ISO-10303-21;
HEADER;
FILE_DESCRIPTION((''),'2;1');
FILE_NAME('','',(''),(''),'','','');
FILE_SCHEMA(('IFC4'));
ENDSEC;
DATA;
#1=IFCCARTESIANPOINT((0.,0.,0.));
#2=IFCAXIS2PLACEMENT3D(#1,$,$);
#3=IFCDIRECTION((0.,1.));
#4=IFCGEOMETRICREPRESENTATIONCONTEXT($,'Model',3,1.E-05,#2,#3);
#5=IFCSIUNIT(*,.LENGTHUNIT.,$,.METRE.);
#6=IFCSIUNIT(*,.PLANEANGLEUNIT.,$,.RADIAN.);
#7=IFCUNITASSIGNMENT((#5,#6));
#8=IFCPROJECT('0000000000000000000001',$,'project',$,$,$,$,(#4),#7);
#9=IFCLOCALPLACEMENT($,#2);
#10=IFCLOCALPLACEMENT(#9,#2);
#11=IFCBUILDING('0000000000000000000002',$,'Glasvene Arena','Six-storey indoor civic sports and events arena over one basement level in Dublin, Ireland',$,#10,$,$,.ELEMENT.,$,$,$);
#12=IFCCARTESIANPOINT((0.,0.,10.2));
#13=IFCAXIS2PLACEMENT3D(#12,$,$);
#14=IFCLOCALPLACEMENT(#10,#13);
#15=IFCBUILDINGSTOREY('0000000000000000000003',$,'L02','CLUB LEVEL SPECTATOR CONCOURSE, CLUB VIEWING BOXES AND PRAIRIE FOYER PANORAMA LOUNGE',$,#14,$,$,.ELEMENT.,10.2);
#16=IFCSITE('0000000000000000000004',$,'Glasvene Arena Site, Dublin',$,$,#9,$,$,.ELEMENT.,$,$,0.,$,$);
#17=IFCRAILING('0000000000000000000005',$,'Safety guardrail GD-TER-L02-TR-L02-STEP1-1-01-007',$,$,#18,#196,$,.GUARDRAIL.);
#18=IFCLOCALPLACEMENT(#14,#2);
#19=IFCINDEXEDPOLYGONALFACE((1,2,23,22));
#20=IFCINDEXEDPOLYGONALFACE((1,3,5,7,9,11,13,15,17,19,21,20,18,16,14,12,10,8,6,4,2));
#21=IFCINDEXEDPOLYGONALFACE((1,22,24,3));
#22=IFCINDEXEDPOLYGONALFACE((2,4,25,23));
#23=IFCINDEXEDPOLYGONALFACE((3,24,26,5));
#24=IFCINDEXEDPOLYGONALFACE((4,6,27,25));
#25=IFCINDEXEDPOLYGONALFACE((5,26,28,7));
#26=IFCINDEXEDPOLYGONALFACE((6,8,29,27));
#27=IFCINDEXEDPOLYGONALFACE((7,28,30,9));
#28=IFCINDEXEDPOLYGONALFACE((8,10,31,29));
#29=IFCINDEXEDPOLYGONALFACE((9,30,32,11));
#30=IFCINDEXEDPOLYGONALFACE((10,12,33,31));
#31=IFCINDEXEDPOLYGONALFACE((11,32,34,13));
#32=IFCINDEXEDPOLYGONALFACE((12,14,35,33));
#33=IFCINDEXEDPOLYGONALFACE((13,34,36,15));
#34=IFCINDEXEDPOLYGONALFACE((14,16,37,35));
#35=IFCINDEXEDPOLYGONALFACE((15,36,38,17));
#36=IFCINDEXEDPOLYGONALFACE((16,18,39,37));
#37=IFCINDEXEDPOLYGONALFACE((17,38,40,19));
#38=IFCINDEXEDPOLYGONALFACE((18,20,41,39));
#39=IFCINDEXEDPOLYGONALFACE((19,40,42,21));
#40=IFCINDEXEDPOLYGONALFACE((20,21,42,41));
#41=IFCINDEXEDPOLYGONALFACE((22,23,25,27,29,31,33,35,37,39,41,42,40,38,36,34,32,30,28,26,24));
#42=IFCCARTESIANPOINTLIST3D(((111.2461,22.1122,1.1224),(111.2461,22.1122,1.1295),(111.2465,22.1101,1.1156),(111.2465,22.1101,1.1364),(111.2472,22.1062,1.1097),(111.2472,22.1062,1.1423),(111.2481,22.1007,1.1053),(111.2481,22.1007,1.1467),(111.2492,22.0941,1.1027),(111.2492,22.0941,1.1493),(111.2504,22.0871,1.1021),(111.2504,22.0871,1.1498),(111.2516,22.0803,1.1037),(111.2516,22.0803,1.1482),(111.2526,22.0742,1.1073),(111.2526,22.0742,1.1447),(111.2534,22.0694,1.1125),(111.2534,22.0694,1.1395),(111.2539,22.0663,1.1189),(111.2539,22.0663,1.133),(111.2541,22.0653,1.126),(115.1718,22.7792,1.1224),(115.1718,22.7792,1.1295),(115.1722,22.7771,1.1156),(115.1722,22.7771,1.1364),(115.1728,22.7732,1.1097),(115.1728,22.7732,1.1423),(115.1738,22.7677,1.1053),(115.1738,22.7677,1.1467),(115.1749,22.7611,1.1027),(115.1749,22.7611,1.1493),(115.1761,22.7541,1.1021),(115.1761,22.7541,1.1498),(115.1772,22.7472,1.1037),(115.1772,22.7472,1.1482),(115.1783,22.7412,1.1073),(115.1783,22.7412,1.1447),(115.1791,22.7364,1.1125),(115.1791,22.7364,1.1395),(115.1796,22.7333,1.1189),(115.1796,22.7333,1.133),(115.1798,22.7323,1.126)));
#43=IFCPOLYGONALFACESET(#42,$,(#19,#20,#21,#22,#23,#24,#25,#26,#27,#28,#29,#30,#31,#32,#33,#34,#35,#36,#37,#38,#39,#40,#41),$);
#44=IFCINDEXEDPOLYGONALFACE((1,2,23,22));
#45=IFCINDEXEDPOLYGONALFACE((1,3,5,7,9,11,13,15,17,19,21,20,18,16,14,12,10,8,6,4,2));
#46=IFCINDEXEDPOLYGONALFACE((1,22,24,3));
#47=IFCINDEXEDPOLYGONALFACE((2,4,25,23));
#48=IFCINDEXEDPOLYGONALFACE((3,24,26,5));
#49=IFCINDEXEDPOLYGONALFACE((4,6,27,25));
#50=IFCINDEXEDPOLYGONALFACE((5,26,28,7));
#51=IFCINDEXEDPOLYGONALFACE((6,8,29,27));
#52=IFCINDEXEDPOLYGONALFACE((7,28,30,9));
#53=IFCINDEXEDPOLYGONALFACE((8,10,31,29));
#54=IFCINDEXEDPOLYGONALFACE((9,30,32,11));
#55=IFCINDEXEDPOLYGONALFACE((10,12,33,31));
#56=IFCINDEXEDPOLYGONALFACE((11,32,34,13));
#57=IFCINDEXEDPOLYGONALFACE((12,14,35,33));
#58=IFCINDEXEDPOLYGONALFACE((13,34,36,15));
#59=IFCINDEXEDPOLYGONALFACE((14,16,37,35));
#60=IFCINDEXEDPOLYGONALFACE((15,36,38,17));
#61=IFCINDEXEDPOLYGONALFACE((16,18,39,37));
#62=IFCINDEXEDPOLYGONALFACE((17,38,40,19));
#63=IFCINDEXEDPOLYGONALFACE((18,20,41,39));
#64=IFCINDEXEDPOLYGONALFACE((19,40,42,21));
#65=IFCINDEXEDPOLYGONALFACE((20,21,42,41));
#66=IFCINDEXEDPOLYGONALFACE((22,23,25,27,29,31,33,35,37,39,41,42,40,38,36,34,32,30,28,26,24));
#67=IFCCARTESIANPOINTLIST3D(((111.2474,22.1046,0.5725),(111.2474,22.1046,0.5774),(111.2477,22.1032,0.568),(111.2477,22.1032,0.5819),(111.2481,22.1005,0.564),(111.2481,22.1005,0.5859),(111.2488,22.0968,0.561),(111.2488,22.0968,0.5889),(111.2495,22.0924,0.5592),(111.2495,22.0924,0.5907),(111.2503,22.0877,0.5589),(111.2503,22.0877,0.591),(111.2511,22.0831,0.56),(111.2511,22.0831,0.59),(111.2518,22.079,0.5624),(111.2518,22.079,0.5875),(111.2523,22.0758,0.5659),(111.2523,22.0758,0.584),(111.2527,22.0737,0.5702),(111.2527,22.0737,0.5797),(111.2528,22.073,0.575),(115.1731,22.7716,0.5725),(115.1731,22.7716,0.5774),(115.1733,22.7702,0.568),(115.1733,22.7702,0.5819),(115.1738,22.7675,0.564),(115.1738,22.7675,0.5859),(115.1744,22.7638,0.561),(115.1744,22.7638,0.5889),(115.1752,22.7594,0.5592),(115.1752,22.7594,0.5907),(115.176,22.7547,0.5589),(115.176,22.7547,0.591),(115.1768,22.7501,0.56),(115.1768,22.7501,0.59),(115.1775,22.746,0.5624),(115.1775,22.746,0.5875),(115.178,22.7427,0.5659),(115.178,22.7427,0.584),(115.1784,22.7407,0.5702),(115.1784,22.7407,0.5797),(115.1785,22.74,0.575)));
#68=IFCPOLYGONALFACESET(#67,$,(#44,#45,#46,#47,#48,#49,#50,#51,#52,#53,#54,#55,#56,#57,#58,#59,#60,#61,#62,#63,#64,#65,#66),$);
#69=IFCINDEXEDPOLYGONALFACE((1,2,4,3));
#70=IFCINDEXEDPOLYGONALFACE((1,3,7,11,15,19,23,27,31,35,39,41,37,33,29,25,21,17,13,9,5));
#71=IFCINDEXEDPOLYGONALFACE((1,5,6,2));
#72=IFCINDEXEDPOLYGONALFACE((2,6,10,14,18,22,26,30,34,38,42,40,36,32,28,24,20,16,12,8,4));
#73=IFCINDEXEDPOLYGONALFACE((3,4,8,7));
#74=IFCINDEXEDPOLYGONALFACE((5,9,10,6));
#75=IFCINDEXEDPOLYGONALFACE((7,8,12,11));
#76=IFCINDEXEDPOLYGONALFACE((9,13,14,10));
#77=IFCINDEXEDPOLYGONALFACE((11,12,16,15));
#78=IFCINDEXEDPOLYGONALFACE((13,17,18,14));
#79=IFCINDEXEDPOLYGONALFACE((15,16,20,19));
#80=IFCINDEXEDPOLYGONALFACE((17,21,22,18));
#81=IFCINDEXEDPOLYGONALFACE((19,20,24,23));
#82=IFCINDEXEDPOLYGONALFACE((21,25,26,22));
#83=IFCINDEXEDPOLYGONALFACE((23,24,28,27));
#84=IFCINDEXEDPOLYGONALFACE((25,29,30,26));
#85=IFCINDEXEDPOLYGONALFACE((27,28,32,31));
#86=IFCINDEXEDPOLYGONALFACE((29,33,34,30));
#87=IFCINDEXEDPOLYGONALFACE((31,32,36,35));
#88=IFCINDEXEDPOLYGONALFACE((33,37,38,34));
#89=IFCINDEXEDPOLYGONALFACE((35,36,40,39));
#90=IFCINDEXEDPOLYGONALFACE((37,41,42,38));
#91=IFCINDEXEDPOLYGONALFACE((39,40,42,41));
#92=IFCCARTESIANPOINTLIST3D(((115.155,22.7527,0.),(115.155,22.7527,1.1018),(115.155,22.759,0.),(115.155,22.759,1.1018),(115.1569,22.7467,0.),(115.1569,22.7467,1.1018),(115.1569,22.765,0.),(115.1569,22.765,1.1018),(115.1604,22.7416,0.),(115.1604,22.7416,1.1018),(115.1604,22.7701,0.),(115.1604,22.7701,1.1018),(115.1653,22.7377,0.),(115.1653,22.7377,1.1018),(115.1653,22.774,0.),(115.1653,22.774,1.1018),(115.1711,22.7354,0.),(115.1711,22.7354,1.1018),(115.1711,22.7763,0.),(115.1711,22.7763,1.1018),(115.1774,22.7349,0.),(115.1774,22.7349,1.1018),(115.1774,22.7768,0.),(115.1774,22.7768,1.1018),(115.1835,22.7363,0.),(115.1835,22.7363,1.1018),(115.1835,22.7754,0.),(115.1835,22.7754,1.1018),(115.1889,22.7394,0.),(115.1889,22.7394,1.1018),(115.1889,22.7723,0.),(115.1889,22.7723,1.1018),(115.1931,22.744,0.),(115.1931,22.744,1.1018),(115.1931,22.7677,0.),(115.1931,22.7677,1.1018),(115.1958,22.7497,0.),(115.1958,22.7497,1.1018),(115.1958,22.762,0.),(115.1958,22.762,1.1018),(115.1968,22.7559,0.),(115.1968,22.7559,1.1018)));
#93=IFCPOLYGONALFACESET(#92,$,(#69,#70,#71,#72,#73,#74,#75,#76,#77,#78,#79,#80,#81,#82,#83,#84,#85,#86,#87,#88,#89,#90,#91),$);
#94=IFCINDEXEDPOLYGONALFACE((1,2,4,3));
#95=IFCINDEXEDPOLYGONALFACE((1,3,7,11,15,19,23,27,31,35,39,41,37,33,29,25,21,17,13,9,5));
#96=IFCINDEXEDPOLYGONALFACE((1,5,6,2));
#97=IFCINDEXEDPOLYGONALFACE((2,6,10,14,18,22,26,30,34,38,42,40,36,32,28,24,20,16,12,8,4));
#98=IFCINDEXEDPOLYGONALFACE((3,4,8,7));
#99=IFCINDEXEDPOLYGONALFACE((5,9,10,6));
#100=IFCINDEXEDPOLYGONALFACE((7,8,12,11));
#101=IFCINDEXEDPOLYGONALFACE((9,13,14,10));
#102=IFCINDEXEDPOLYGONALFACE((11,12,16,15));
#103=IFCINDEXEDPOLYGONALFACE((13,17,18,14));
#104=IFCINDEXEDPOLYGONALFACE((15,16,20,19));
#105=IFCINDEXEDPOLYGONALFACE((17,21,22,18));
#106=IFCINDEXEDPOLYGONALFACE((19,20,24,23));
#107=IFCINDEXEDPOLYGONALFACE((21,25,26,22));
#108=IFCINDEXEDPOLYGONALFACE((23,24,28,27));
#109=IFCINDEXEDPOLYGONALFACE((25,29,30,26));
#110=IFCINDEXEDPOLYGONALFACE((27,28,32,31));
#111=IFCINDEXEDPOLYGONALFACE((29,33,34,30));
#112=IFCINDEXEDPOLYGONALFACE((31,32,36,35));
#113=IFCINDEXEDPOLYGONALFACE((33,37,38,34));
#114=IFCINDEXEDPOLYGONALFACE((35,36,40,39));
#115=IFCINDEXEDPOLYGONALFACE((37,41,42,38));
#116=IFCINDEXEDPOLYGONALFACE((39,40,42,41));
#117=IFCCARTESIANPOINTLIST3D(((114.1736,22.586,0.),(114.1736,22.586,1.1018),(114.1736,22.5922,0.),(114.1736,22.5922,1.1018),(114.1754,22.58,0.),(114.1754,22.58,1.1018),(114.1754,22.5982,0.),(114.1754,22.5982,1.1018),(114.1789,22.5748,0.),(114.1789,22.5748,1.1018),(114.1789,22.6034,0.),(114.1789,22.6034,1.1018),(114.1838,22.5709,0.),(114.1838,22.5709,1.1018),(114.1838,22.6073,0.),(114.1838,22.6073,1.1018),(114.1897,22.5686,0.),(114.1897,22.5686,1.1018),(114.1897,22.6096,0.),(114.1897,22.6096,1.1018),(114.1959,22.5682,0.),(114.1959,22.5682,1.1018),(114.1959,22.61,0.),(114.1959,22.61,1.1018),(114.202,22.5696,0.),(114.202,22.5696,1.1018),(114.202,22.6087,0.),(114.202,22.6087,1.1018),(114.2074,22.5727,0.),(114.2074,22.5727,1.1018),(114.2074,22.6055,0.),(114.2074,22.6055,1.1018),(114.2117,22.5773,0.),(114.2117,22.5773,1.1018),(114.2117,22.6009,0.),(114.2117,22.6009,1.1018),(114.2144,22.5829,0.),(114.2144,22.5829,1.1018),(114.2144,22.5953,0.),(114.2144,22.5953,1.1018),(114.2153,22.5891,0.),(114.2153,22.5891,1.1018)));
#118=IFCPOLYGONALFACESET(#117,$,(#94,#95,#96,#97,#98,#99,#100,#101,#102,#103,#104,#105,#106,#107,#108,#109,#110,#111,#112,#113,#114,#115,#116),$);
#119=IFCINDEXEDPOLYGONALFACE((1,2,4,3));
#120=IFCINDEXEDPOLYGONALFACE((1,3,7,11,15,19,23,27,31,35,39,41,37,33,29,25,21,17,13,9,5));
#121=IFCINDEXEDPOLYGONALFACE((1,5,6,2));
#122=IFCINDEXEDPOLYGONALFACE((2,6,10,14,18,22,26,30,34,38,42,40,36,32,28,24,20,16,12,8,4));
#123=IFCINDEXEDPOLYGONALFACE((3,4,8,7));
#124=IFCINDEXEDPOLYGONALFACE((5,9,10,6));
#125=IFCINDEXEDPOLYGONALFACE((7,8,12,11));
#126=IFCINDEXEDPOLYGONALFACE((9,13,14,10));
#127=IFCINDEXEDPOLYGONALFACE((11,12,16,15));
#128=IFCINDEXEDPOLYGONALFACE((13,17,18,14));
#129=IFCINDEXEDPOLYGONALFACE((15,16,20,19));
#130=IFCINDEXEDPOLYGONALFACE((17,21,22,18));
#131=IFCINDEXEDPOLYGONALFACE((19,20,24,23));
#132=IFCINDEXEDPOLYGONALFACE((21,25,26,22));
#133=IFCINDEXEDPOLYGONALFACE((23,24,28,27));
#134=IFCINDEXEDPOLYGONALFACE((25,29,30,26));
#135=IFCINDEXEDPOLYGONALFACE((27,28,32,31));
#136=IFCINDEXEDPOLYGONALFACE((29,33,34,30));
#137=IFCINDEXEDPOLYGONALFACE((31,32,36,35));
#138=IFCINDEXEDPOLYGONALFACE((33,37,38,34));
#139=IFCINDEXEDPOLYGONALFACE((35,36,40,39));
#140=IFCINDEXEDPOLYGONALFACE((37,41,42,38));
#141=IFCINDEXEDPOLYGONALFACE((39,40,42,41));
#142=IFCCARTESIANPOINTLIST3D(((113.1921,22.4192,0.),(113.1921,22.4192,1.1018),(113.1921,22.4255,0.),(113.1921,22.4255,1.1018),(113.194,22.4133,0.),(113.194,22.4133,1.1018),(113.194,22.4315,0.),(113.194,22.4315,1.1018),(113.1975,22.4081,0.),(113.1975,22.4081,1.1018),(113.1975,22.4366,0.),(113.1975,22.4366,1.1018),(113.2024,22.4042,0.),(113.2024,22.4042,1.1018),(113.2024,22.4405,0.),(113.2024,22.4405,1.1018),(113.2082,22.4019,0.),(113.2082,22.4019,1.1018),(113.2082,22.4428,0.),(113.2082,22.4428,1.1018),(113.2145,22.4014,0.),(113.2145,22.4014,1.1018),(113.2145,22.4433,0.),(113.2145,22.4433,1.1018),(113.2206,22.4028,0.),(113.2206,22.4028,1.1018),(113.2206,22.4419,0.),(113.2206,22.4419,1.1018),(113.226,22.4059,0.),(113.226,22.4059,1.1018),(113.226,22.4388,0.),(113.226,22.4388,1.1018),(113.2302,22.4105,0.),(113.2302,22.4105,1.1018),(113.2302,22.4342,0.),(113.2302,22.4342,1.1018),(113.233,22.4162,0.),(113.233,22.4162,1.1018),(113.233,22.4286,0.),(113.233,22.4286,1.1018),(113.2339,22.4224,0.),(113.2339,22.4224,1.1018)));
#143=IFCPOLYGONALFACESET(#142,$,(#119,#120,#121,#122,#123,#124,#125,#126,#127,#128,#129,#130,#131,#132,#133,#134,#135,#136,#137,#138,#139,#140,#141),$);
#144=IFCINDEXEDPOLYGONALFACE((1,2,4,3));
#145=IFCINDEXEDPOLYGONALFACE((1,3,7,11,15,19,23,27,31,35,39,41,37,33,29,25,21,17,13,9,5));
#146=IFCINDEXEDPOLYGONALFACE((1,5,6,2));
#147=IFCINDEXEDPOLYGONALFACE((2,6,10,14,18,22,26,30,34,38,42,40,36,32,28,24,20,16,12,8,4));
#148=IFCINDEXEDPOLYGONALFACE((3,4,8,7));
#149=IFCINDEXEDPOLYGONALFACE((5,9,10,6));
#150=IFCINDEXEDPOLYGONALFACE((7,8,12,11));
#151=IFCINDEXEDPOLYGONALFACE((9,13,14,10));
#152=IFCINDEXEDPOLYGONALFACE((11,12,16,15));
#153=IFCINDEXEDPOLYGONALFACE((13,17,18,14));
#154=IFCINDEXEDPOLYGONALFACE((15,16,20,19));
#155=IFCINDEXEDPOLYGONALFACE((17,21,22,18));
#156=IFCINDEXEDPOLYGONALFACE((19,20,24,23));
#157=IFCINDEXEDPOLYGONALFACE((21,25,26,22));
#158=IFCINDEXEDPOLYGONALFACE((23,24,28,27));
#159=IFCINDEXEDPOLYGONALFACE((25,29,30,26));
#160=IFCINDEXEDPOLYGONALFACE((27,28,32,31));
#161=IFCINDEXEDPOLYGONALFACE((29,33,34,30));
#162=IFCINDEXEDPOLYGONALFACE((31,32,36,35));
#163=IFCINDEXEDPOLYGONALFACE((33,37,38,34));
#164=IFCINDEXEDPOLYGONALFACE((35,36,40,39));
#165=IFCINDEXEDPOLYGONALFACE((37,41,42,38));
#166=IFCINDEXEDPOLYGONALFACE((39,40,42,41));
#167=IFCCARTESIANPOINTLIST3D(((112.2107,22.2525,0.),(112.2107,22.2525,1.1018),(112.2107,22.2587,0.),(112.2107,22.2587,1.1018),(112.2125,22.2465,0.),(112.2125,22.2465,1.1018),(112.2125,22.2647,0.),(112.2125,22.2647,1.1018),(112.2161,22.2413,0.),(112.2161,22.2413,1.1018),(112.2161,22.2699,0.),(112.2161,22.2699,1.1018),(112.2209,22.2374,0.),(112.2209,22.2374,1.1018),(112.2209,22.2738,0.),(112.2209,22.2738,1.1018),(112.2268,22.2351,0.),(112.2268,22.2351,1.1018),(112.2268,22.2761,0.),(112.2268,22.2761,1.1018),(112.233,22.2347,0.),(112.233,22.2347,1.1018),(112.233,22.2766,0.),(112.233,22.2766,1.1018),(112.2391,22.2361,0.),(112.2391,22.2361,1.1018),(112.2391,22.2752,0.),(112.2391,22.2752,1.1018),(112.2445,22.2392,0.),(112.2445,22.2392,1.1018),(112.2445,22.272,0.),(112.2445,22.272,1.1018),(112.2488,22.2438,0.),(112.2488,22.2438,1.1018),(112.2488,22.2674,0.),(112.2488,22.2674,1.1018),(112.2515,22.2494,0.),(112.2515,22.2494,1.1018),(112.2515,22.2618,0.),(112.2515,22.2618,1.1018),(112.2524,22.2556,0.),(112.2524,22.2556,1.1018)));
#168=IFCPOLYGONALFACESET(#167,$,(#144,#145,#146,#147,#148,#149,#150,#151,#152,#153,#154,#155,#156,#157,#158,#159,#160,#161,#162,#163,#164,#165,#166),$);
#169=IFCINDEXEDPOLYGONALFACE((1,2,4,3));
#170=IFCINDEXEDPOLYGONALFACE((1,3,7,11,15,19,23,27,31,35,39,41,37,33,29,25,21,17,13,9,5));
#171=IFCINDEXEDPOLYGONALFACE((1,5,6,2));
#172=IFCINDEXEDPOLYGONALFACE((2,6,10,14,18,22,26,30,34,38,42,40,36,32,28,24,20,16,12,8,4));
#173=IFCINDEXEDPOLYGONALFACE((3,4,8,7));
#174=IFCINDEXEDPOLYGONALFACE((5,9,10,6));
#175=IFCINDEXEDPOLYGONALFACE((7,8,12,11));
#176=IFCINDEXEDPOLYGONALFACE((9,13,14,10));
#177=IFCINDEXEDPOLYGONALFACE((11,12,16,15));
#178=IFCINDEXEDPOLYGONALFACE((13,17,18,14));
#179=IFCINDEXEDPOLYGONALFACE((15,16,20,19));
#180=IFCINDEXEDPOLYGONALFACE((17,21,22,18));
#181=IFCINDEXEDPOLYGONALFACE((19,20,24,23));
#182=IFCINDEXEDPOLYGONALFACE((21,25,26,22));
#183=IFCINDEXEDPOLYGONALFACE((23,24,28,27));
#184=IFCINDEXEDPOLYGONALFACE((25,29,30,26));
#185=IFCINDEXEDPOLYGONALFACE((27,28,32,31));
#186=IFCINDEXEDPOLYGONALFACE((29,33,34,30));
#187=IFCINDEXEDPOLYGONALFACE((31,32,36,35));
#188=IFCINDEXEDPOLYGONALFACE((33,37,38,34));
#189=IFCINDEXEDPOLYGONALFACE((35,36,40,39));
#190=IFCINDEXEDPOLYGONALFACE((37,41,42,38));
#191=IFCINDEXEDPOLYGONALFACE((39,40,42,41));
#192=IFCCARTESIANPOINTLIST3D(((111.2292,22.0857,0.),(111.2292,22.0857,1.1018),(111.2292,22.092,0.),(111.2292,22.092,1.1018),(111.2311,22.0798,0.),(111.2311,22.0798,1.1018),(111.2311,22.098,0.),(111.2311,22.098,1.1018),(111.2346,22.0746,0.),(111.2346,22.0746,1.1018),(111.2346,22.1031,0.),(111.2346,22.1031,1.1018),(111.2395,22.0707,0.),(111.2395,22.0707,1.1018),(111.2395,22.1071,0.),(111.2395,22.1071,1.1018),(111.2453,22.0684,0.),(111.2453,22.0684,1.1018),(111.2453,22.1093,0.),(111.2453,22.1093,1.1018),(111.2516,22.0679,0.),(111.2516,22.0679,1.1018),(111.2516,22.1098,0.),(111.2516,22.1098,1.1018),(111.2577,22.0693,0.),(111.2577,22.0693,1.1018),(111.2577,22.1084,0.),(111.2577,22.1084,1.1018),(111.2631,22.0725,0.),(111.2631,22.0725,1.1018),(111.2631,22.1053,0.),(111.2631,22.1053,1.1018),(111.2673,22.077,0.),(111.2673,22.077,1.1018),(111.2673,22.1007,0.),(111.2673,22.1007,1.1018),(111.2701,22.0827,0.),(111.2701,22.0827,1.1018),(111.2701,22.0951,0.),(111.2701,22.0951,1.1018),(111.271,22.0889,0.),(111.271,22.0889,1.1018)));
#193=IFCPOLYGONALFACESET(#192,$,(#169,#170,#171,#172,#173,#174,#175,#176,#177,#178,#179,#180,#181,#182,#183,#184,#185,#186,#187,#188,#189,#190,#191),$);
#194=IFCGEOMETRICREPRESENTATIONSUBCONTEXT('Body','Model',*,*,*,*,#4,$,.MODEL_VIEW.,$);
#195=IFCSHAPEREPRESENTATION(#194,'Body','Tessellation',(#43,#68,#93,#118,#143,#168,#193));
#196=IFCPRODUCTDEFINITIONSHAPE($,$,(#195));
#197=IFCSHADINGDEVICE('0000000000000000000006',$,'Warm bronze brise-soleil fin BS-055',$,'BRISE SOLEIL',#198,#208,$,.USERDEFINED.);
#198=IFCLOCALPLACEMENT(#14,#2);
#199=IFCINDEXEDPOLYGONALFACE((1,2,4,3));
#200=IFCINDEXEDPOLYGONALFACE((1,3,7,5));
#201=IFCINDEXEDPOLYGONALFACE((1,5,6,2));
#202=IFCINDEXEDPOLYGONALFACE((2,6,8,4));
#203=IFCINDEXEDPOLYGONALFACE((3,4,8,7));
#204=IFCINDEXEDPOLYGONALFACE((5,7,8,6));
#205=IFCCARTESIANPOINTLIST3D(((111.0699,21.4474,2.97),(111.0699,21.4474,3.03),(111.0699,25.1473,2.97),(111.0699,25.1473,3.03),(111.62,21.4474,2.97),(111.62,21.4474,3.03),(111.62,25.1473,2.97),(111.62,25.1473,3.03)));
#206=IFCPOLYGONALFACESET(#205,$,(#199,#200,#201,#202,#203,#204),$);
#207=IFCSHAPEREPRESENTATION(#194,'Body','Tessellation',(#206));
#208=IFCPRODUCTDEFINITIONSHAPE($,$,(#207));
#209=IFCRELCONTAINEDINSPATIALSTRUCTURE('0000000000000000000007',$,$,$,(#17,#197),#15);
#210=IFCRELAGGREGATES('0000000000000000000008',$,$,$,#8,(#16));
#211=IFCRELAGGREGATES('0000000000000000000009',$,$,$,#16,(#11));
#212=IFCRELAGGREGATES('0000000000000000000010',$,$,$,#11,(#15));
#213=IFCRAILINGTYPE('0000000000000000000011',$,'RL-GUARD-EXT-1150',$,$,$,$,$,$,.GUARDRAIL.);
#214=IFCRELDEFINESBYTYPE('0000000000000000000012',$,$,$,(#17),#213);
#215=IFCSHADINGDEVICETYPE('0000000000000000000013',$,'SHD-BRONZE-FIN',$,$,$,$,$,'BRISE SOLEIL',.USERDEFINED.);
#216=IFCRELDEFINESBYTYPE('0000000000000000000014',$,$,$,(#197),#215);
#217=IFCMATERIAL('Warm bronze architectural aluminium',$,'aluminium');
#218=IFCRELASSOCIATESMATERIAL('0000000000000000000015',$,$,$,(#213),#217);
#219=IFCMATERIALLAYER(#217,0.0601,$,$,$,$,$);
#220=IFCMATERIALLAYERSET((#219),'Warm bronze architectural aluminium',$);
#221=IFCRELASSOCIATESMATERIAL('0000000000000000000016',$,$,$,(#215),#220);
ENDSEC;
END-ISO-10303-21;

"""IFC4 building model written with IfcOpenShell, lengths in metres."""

from ifc_helpers import new_model, si_unit, direction, frame, origin, origin_2d, place, context, subcontext, project, spatial, rectangle, circle, extrude, material, layer, layer_set, type_object, element, save


model = new_model("IFC4")

# Units and contexts
model_context = context("Model", 3, precision=1e-05, world=origin(), true_north=direction((0.0, 1.0)))
body_context = subcontext(model_context, "Body", "Model", "MODEL_VIEW")
ifc_project = project(units=[si_unit("LENGTHUNIT", "METRE"), si_unit("PLANEANGLEUNIT", "RADIAN")], contexts=[model_context])

# Site, building, storey
site_placement = place(None, origin())
site = spatial("IfcSite", under=ifc_project, at=site_placement, Name="Glasvene Arena Site, Dublin", CompositionType="ELEMENT", RefElevation=0.0)
building_placement = place(site_placement, origin())
building = spatial("IfcBuilding", under=site, at=building_placement, Name="Glasvene Arena", Description="Six-storey indoor civic sports and events arena over one basement level in Dublin, Ireland", CompositionType="ELEMENT")
storey_placement = place(building_placement, frame((0.0, 0.0, 10.2)))
storey = spatial("IfcBuildingStorey", under=building, at=storey_placement, Name="L02", Description="CLUB LEVEL SPECTATOR CONCOURSE, CLUB VIEWING BOXES AND PRAIRIE FOYER PANORAMA LOUNGE", CompositionType="ELEMENT", Elevation=10.2)

# Railing
ifc_material_1 = material(Name="Warm bronze architectural aluminium", Category="aluminium")
railing_type = type_object("IfcRailingType", Name="RL-GUARD-EXT-1150", PredefinedType="GUARDRAIL", material=ifc_material_1)
railing_placement = place(storey_placement, frame((115.1758, 22.7559, 0.0)))
element("IfcRailing", 1, at=railing_placement, inside=storey, type_object=railing_type, Name="Safety guardrail GD-TER-L02-TR-L02-STEP1-1-01-007", PredefinedType="GUARDRAIL", context=body_context, shape_type="SweptSolid", body=[
    extrude(circle(Radius=0.0239, at=origin_2d()), frame((0.0, 0.0, 1.126), z_axis=(-0.985872, -0.1675, 0.0), x_axis=(0.1675, -0.985872, 0.0)), (0.0, 0.0, 1.0), 3.9819),
    extrude(circle(Radius=0.0161, at=origin_2d()), frame((0.0, 0.0, 0.575), z_axis=(-0.985872, -0.1675, 0.0), x_axis=(0.1675, -0.985872, 0.0)), (0.0, 0.0, 1.0), 3.9819),
    extrude(circle(Radius=0.021, at=origin_2d()), origin(), (0.0, 0.0, 1.0), 1.1018),
    extrude(circle(Radius=0.021, at=origin_2d()), frame((-0.9814, -0.1667, 0.0)), (0.0, 0.0, 1.0), 1.1018),
    extrude(circle(Radius=0.021, at=origin_2d()), frame((-1.9629, -0.3335, 0.0)), (0.0, 0.0, 1.0), 1.1018),
    extrude(circle(Radius=0.021, at=origin_2d()), frame((-2.9443, -0.5002, 0.0)), (0.0, 0.0, 1.0), 1.1018),
    extrude(circle(Radius=0.021, at=origin_2d()), frame((-3.9258, -0.667, 0.0)), (0.0, 0.0, 1.0), 1.1018),
])

# Shading device
ifc_layer_1 = layer(ifc_material_1, 0.0601)
ifc_layer_set_1 = layer_set([ifc_layer_1], Name="Warm bronze architectural aluminium")
shading_device_type = type_object("IfcShadingDeviceType", Name="SHD-BRONZE-FIN", ElementType="BRISE SOLEIL", PredefinedType="USERDEFINED", material=ifc_layer_set_1)
shading_device_placement = place(storey_placement, frame((111.345, 23.2974, 2.97), z_axis=(0.0, 0.0, 1.0), x_axis=(0.0, -1.0, 0.0)))
element("IfcShadingDevice", 2, at=shading_device_placement, inside=storey, type_object=shading_device_type, Name="Warm bronze brise-soleil fin BS-055", ObjectType="BRISE SOLEIL", PredefinedType="USERDEFINED", context=body_context, shape_type="SweptSolid", body=[
    extrude(rectangle(XDim=3.7, YDim=0.55, at=origin_2d()), origin(), (0.0, 0.0, 1.0), 0.0601),
])

save(model, "model.ifc")
